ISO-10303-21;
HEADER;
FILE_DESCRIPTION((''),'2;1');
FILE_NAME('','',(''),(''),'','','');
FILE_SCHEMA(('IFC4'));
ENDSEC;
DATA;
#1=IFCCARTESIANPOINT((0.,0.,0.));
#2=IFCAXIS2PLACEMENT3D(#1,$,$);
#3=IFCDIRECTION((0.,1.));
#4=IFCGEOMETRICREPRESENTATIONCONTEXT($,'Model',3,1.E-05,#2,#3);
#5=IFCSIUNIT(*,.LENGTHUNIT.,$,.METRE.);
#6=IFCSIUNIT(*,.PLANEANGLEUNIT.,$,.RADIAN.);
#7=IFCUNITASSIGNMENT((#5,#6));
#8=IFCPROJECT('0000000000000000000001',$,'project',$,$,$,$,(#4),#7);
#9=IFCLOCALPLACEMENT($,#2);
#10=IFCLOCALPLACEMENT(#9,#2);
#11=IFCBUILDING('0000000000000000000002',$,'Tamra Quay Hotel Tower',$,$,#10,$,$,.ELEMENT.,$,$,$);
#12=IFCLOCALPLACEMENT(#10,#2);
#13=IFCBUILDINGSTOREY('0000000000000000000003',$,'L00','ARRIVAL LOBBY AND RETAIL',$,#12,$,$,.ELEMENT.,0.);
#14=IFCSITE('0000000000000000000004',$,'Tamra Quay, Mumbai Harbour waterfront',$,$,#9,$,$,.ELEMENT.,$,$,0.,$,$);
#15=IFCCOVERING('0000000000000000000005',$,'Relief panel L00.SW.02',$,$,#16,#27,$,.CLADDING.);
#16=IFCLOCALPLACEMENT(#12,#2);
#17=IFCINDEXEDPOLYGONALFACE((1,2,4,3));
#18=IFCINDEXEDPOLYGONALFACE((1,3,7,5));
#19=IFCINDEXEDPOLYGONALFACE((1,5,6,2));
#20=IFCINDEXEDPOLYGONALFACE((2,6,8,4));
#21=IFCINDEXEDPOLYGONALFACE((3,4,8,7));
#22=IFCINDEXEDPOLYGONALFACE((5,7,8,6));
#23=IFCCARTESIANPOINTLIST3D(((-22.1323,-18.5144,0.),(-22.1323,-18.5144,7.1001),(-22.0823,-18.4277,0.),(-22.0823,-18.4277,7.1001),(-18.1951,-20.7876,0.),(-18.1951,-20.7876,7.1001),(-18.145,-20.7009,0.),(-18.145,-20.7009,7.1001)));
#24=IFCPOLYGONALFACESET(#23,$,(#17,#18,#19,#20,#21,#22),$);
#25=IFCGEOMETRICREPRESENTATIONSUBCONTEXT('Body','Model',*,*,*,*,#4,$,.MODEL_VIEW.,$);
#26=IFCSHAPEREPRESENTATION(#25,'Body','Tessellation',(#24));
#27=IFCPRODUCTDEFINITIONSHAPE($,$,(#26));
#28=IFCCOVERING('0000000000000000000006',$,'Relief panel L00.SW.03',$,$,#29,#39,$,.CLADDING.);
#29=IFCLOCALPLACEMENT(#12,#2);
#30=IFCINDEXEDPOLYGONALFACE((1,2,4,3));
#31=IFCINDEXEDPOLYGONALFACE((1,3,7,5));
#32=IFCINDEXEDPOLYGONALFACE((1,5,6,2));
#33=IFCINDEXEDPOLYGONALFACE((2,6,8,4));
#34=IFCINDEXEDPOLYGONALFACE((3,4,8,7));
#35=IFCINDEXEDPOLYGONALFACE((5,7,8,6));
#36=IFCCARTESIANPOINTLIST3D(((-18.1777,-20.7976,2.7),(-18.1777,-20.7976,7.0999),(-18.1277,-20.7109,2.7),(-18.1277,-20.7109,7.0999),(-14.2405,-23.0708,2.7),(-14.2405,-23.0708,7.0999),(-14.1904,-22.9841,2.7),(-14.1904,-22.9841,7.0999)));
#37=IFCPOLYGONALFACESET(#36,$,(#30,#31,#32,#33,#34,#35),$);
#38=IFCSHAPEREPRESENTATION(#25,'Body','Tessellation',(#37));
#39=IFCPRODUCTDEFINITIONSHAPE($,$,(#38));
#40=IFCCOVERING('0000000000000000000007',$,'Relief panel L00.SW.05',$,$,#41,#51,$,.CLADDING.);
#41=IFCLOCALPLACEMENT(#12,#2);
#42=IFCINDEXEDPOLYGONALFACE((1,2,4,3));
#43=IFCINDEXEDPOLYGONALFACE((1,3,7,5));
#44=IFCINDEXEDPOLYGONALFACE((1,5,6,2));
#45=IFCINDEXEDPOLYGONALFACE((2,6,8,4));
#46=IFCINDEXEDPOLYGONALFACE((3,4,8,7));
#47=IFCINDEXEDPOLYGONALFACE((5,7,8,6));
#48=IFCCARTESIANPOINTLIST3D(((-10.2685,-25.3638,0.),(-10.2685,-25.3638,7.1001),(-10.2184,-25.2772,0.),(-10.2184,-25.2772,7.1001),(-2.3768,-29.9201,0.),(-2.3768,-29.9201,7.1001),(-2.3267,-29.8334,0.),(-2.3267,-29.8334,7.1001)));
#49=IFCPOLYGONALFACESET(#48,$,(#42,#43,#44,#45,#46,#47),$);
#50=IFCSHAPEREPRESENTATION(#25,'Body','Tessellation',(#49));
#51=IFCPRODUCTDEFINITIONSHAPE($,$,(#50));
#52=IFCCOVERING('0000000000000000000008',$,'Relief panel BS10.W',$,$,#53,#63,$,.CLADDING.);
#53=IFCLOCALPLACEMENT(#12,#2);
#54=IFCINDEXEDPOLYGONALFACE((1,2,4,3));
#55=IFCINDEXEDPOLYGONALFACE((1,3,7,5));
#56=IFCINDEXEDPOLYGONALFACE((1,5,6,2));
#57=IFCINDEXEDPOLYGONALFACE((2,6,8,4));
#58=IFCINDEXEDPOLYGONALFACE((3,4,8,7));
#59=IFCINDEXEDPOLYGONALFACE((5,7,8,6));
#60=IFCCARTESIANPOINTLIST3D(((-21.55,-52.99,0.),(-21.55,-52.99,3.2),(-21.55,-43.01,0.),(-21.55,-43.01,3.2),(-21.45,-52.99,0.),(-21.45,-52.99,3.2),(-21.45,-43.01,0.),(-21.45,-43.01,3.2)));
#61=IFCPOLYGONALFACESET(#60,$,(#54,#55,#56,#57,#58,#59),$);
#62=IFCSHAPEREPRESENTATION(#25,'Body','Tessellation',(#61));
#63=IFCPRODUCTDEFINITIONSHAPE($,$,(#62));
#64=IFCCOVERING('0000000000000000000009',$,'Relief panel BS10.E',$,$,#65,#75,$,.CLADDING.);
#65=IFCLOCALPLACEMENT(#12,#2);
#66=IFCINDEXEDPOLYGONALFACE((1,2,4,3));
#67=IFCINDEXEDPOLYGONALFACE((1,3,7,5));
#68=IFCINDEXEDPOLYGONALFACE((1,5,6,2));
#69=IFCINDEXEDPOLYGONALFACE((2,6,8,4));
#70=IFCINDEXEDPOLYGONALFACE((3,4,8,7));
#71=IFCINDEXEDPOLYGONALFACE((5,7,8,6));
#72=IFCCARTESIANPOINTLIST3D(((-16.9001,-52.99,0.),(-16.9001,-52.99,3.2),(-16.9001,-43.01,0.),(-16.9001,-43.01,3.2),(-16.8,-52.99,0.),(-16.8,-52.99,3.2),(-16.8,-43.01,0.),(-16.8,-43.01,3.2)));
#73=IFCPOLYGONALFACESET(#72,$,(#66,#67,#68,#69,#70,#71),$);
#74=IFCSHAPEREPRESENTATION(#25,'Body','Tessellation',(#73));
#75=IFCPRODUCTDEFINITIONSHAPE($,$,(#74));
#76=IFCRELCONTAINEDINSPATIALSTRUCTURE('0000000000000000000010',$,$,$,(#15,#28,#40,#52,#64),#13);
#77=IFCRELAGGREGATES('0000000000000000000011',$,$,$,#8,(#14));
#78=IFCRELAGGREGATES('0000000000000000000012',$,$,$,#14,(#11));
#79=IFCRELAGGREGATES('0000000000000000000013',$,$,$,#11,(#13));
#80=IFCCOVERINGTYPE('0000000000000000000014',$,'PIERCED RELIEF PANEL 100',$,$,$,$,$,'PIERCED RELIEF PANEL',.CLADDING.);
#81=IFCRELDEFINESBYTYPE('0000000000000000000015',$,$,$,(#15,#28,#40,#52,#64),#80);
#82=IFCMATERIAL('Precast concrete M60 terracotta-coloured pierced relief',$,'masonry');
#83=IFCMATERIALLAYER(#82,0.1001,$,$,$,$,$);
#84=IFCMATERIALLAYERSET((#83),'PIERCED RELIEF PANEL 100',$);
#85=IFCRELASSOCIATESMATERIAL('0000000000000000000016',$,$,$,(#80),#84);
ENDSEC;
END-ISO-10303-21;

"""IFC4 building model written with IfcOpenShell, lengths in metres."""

from ifc_helpers import new_model, si_unit, direction, frame, origin, origin_2d, place, context, subcontext, project, spatial, rectangle, extrude, material, layer, layer_set, type_object, element, save


model = new_model("IFC4")

# Units and contexts
model_context = context("Model", 3, precision=1e-05, world=origin(), true_north=direction((0.0, 1.0)))
body_context = subcontext(model_context, "Body", "Model", "MODEL_VIEW")
ifc_project = project(units=[si_unit("LENGTHUNIT", "METRE"), si_unit("PLANEANGLEUNIT", "RADIAN")], contexts=[model_context])

# Site, building, storey
site_placement = place(None, origin())
site = spatial("IfcSite", under=ifc_project, at=site_placement, Name="Tamra Quay, Mumbai Harbour waterfront", CompositionType="ELEMENT", RefElevation=0.0)
building_placement = place(site_placement, origin())
building = spatial("IfcBuilding", under=site, at=building_placement, Name="Tamra Quay Hotel Tower", CompositionType="ELEMENT")
storey_placement = place(building_placement, origin())
storey = spatial("IfcBuildingStorey", under=building, at=storey_placement, Name="L00", Description="ARRIVAL LOBBY AND RETAIL", CompositionType="ELEMENT", Elevation=0.0)

# Coverings
ifc_material_1 = material(Name="Precast concrete M60 terracotta-coloured pierced relief", Category="masonry")
ifc_layer_1 = layer(ifc_material_1, 0.1001)
ifc_layer_set_1 = layer_set([ifc_layer_1], Name="PIERCED RELIEF PANEL 100")
covering_type = type_object("IfcCoveringType", Name="PIERCED RELIEF PANEL 100", ElementType="PIERCED RELIEF PANEL", PredefinedType="CLADDING", material=ifc_layer_set_1)
covering_1_placement = place(storey_placement, frame((-20.1387, -19.6077, 0.0), z_axis=(0.0, 0.0, 1.0), x_axis=(0.866025, -0.5, 0.0)))
element("IfcCovering", 1, at=covering_1_placement, inside=storey, type_object=covering_type, Name="Relief panel L00.SW.02", PredefinedType="CLADDING", context=body_context, shape_type="SweptSolid", body=[
    extrude(rectangle(XDim=4.5464, YDim=0.1001, at=origin_2d()), origin(), (0.0, 0.0, 1.0), 7.1001),
])
covering_2_placement = place(storey_placement, frame((-16.1841, -21.8909, 2.7), z_axis=(0.0, 0.0, 1.0), x_axis=(0.866025, -0.5, 0.0)))
element("IfcCovering", 2, at=covering_2_placement, inside=storey, type_object=covering_type, Name="Relief panel L00.SW.03", PredefinedType="CLADDING", context=body_context, shape_type="SweptSolid", body=[
    extrude(rectangle(XDim=4.5464, YDim=0.1001, at=origin_2d()), origin(), (0.0, 0.0, 1.0), 4.3999),
])
covering_3_placement = place(storey_placement, frame((-6.2976, -27.5986, 0.0), z_axis=(0.0, 0.0, 1.0), x_axis=(0.866025, -0.5, 0.0)))
element("IfcCovering", 3, at=covering_3_placement, inside=storey, type_object=covering_type, Name="Relief panel L00.SW.05", PredefinedType="CLADDING", context=body_context, shape_type="SweptSolid", body=[
    extrude(rectangle(XDim=9.1125, YDim=0.1001, at=origin_2d()), origin(), (0.0, 0.0, 1.0), 7.1001),
])
for number, where, z_axis, x_axis, name in (
    (4, (-21.5, -48.0, 0.0), (0.0, 0.0, 1.0), (0.0, -1.0, 0.0), "Relief panel BS10.W"),
    (5, (-16.8501, -48.0, 0.0), (0.0, 0.0, 1.0), (0.0, 1.0, 0.0), "Relief panel BS10.E"),
):
    element("IfcCovering", number, at=place(storey_placement, frame(where, z_axis=z_axis, x_axis=x_axis)), inside=storey, type_object=covering_type, Name=name, PredefinedType="CLADDING", context=body_context, shape_type="SweptSolid", body=[
        extrude(rectangle(XDim=9.98, YDim=0.1001, at=origin_2d()), origin(), (0.0, 0.0, 1.0), 3.2),
    ])

save(model, "model.ifc")
